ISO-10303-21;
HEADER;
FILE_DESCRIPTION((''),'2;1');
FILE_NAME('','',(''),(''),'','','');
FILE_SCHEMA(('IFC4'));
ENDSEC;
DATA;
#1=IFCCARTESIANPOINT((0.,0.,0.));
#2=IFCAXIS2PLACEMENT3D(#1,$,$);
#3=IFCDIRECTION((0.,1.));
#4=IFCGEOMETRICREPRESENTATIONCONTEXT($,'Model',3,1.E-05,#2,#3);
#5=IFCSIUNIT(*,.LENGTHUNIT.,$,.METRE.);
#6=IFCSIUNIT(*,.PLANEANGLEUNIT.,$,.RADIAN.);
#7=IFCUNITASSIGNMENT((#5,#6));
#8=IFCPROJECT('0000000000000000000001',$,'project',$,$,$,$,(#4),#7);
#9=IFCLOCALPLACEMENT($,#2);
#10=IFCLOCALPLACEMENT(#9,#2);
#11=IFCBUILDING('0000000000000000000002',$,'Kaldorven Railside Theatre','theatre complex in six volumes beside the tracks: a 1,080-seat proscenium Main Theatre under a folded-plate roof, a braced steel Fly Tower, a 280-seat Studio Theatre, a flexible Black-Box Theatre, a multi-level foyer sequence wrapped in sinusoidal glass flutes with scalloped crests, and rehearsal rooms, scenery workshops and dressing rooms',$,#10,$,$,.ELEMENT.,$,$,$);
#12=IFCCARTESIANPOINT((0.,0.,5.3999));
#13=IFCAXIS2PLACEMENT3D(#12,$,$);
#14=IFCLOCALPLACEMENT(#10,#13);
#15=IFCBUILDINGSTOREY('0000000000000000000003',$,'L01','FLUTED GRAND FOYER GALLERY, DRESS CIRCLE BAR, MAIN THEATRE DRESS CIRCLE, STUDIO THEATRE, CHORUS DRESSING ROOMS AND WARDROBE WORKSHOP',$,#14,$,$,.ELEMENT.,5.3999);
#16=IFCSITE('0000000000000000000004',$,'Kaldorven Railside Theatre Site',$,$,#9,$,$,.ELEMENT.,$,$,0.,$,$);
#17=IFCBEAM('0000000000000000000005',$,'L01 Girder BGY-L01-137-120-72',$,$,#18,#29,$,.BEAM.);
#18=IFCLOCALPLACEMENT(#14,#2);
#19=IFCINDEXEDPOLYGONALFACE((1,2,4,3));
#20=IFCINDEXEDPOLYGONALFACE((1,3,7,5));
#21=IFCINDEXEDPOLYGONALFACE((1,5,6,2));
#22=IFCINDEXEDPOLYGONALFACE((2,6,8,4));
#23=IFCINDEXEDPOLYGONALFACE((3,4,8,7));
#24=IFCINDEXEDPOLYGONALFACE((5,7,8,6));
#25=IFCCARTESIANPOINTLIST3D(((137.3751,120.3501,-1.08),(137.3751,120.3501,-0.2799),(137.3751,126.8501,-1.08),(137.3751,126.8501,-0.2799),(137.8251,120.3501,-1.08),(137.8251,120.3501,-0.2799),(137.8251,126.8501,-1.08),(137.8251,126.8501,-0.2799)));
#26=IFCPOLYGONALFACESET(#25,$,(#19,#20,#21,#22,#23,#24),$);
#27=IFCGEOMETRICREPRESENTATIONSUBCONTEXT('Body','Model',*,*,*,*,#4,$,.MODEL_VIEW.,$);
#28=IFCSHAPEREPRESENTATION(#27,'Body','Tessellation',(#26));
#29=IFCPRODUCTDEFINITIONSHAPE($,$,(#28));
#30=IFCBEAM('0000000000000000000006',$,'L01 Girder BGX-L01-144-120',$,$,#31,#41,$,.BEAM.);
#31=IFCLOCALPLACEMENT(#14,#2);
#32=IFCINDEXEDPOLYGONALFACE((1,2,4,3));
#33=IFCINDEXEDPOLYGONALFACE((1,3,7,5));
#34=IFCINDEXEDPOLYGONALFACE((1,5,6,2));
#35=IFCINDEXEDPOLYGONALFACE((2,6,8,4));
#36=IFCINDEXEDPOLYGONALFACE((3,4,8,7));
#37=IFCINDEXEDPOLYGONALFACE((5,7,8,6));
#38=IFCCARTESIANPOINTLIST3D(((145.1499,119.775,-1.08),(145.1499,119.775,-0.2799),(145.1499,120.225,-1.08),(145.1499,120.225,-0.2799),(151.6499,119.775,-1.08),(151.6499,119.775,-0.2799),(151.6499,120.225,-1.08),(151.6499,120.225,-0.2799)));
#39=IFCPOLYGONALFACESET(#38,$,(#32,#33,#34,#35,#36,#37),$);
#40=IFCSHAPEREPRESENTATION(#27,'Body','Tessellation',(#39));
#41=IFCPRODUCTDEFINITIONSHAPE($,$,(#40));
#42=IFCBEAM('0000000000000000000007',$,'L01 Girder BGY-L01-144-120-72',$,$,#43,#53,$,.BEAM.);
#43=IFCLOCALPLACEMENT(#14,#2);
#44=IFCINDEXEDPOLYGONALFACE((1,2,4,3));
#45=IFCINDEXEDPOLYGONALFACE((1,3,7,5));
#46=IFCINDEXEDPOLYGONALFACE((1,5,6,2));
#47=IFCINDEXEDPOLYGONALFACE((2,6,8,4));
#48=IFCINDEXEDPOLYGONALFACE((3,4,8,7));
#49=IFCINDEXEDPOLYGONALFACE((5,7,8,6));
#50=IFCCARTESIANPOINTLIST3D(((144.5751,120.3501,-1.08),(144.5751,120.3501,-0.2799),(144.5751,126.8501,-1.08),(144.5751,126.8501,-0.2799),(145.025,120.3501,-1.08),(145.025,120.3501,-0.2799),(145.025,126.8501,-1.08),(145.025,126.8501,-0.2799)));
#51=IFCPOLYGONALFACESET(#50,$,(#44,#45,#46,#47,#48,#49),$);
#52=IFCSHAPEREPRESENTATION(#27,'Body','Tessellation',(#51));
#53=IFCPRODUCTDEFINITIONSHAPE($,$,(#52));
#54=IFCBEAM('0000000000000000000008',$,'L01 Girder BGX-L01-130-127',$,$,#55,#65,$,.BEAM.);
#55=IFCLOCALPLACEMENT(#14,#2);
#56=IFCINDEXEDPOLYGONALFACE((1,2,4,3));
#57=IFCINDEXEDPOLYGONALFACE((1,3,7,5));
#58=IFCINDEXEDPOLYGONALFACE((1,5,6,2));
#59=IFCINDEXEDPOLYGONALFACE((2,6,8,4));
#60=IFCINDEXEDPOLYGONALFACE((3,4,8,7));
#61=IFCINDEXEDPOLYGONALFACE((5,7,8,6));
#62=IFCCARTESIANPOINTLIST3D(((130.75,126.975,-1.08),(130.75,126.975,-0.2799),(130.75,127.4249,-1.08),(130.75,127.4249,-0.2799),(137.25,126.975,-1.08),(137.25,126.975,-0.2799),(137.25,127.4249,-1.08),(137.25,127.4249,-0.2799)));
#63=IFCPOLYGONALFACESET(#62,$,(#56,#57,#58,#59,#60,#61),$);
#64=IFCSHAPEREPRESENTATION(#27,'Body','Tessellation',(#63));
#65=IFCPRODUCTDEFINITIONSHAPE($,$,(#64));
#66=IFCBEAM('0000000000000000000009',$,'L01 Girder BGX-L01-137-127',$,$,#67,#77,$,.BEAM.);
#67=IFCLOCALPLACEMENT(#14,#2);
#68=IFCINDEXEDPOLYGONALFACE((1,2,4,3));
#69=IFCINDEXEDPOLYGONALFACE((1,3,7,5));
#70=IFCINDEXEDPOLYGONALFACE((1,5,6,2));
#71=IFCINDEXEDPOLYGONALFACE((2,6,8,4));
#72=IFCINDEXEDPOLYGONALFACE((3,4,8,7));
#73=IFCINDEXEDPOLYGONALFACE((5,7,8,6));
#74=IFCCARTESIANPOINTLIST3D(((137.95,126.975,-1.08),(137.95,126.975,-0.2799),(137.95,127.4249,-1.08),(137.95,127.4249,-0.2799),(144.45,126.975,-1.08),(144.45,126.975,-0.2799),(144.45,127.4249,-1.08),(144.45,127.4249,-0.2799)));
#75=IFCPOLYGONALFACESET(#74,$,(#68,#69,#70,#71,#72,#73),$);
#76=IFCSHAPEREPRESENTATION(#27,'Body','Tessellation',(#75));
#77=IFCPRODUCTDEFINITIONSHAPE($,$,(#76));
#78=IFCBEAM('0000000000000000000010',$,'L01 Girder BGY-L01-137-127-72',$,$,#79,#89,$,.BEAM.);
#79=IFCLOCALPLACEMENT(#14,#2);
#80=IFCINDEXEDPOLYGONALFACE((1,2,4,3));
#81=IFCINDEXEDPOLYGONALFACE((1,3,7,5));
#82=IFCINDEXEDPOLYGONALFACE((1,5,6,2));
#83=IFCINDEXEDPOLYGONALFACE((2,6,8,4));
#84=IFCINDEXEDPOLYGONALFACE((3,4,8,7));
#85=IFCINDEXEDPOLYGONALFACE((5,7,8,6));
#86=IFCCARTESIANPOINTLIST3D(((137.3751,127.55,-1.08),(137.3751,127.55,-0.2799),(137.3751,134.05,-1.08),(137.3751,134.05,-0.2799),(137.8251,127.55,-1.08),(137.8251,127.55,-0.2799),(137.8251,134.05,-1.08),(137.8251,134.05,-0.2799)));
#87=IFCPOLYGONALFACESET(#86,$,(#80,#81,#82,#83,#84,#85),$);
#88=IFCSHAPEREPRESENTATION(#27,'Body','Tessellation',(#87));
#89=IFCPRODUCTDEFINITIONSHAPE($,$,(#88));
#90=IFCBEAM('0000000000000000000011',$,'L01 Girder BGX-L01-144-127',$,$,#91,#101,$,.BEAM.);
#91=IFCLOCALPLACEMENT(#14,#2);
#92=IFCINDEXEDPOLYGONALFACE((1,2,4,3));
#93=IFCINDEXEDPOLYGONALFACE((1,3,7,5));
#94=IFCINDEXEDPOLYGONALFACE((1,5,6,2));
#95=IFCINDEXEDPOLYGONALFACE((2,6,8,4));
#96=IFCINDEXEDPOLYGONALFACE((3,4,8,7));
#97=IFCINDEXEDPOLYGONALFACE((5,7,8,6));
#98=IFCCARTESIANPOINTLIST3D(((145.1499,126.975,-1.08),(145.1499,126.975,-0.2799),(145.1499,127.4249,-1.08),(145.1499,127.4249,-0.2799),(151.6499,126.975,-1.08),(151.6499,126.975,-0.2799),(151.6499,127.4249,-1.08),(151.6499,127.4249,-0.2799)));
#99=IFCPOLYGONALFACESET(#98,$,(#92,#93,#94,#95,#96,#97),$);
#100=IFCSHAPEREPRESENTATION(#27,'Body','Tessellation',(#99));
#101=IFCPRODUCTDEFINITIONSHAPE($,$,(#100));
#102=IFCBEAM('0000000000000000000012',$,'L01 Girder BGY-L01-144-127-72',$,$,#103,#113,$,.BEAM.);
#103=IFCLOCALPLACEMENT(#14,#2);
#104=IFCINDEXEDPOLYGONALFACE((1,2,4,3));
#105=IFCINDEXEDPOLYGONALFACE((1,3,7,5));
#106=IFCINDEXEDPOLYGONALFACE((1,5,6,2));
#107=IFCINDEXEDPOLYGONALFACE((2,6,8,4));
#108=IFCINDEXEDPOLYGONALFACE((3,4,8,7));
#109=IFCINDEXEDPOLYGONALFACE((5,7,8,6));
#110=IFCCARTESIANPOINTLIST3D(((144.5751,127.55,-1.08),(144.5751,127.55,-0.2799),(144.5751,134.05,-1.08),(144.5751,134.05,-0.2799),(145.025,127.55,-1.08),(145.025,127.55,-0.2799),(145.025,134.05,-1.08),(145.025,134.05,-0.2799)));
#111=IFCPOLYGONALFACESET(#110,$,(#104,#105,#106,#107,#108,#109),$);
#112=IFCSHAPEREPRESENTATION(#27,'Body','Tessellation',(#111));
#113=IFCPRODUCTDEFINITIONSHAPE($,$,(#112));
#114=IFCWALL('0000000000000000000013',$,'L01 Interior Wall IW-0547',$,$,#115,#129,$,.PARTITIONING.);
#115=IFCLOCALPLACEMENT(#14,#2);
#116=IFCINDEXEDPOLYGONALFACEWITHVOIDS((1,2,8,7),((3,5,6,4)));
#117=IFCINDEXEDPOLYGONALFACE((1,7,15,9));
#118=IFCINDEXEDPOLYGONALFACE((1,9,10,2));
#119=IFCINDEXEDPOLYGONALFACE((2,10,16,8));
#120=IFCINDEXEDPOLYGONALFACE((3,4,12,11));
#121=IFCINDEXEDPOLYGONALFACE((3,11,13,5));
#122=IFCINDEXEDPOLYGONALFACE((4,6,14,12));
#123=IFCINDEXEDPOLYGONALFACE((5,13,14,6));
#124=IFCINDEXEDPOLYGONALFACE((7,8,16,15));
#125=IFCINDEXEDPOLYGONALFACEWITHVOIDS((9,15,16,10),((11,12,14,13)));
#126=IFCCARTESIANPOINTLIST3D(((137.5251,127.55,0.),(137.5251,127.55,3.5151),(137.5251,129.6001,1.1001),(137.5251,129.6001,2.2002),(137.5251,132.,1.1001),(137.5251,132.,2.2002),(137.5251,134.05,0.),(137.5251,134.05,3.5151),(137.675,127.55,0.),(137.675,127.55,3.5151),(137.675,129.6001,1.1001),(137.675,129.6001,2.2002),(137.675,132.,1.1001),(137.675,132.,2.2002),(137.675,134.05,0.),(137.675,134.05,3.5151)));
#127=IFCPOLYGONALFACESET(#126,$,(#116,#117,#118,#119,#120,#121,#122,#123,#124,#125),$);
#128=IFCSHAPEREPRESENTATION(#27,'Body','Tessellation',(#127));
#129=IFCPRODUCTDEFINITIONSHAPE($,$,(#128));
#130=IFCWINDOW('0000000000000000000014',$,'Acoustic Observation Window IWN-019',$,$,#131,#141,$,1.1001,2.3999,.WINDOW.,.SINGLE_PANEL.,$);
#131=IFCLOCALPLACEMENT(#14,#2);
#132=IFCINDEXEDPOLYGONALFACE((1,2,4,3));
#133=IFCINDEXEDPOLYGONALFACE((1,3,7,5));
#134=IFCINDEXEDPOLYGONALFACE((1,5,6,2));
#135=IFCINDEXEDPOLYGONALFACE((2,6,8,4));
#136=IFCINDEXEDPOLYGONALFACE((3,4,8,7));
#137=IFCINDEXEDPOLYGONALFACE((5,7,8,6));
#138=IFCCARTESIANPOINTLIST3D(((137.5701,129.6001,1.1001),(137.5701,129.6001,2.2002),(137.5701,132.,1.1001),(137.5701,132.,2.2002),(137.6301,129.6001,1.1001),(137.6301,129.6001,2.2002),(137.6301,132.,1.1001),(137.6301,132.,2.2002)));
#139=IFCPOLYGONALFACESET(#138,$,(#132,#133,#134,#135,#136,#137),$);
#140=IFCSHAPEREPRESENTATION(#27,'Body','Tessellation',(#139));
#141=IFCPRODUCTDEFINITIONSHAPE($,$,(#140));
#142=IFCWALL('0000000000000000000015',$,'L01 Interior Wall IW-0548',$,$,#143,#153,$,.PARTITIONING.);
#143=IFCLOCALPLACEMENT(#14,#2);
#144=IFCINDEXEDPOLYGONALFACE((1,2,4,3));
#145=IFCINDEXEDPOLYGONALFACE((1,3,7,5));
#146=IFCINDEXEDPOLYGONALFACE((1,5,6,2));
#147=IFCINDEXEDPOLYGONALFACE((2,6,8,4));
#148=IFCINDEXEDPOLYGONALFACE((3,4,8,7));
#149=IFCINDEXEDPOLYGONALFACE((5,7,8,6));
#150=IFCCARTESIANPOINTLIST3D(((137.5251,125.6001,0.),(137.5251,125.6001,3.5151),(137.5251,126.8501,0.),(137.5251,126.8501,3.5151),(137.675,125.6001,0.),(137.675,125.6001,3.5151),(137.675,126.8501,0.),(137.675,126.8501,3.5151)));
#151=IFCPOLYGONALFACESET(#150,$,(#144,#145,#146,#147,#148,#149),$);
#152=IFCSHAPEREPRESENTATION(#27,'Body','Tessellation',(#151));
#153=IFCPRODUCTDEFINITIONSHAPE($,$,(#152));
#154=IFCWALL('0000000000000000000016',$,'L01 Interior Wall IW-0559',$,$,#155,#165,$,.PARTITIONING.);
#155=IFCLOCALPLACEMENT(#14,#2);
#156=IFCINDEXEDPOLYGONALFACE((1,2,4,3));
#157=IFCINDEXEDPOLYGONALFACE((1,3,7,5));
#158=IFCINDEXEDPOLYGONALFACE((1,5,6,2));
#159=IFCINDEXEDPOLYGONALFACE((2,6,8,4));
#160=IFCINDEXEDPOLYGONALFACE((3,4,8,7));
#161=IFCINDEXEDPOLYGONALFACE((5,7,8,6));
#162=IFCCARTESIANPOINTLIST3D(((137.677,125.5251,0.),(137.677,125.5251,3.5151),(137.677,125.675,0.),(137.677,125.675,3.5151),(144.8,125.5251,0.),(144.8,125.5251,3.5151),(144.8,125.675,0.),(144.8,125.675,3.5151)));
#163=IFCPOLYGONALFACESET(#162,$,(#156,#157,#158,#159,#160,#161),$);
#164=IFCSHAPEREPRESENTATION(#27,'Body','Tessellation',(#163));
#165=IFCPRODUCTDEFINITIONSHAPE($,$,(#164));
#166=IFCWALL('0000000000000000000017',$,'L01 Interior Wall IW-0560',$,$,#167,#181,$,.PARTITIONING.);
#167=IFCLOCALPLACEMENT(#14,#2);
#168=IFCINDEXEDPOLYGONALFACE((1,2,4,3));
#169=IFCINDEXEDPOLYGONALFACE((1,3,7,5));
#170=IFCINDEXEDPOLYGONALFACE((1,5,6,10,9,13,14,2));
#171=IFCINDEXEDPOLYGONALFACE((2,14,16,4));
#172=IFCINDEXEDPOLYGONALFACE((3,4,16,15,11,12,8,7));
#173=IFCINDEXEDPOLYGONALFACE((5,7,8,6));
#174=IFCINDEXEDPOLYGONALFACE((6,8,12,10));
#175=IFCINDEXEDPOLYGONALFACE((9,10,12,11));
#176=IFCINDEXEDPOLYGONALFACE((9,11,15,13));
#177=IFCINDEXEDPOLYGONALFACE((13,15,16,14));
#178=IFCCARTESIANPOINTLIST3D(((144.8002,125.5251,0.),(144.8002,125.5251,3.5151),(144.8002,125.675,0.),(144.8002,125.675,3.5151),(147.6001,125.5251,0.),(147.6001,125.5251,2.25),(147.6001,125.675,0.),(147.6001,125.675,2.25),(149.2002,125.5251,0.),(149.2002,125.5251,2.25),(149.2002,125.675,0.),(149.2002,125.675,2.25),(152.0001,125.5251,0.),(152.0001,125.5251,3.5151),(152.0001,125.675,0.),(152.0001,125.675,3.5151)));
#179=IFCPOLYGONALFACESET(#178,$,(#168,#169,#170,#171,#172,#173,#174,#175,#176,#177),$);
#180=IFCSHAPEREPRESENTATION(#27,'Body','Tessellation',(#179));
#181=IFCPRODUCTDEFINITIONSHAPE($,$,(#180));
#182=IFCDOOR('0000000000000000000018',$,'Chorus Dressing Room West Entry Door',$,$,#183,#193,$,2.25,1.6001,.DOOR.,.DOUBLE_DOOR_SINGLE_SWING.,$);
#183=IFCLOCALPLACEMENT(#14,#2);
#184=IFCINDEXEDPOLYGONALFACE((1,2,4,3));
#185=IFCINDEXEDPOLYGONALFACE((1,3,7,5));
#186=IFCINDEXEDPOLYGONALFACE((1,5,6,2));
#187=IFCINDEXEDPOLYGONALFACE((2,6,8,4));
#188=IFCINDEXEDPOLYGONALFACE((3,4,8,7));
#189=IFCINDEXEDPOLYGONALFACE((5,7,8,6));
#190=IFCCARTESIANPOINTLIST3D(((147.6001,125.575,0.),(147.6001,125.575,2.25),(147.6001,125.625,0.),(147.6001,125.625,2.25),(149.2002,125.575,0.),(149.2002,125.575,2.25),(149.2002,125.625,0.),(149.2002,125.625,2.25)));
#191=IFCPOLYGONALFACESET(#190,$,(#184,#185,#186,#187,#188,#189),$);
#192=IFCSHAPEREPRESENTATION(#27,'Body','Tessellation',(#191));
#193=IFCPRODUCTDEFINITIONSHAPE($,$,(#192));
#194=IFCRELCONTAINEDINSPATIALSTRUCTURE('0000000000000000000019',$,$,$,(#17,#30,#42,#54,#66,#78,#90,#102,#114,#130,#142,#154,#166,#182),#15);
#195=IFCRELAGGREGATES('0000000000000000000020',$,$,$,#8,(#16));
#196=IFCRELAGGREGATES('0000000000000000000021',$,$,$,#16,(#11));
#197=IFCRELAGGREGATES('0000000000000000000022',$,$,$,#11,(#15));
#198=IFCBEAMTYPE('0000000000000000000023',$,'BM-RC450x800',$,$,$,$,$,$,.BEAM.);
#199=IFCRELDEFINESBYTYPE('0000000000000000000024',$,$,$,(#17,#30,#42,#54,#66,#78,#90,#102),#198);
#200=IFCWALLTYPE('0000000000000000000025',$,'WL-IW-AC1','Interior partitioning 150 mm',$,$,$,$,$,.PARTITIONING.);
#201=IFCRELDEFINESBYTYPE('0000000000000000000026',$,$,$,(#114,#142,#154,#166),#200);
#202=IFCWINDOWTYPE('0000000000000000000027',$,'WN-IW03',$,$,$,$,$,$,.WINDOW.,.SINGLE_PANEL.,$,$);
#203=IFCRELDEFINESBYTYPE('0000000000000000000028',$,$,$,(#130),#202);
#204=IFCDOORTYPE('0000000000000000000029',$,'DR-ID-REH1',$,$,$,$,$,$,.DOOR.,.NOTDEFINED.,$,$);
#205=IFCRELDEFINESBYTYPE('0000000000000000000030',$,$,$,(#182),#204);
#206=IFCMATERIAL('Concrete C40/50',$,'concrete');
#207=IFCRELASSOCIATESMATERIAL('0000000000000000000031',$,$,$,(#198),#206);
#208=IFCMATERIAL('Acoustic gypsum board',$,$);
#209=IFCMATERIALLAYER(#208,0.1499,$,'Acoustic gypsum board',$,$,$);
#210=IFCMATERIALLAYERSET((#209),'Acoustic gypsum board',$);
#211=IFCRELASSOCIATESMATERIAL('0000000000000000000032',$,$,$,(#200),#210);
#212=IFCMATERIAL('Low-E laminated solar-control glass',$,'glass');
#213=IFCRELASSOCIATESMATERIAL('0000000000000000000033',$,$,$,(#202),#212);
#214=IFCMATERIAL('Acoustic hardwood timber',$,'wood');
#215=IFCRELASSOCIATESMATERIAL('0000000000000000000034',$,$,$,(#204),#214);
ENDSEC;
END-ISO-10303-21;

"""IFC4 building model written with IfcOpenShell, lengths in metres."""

from ifc_helpers import new_model, si_unit, direction, frame, frame_2d, origin, origin_2d, place, context, subcontext, project, spatial, rectangle, extrude, material, layer, layer_set, material_profile, profile_set, type_object, element, fill, save


model = new_model("IFC4")

# Units and contexts
model_context = context("Model", 3, precision=1e-05, world=origin(), true_north=direction((0.0, 1.0)))
body_context = subcontext(model_context, "Body", "Model", "MODEL_VIEW")
ifc_project = project(units=[si_unit("LENGTHUNIT", "METRE"), si_unit("PLANEANGLEUNIT", "RADIAN")], contexts=[model_context])

# Site, building, storey
site_placement = place(None, origin())
site = spatial("IfcSite", under=ifc_project, at=site_placement, Name="Kaldorven Railside Theatre Site", CompositionType="ELEMENT", RefElevation=0.0)
building_placement = place(site_placement, origin())
building = spatial("IfcBuilding", under=site, at=building_placement, Name="Kaldorven Railside Theatre", Description="theatre complex in six volumes beside the tracks: a 1,080-seat proscenium Main Theatre under a folded-plate roof, a braced steel Fly Tower, a 280-seat Studio Theatre, a flexible Black-Box Theatre, a multi-level foyer sequence wrapped in sinusoidal glass flutes with scalloped crests, and rehearsal rooms, scenery workshops and dressing rooms", CompositionType="ELEMENT")
storey_placement = place(building_placement, frame((0.0, 0.0, 5.3999)))
storey = spatial("IfcBuildingStorey", under=building, at=storey_placement, Name="L01", Description="FLUTED GRAND FOYER GALLERY, DRESS CIRCLE BAR, MAIN THEATRE DRESS CIRCLE, STUDIO THEATRE, CHORUS DRESSING ROOMS AND WARDROBE WORKSHOP", CompositionType="ELEMENT", Elevation=5.3999)

# Shared definitions
ifc_material_1 = material(Name="Concrete C40/50", Category="concrete")

# Beams
ifc_material_profile_1 = material_profile(ifc_material_1, rectangle(XDim=0.45, YDim=0.8, at=origin_2d()), Name="RC 450x800")
ifc_profile_set_1 = profile_set([ifc_material_profile_1], Name="Concrete C40/50")
beam_type_1 = type_object("IfcBeamType", Name="BM-RC450x800", PredefinedType="BEAM", material=ifc_profile_set_1)
for number, where, z_axis, x_axis, name in (
    (1, (137.6001, 120.3501, -0.6799), (0.0, 1.0, 0.0), (-1.0, 0.0, 0.0), "L01 Girder BGY-L01-137-120-72"),
    (2, (145.1499, 120.0, -0.6799), (1.0, 0.0, 0.0), (0.0, 1.0, 0.0), "L01 Girder BGX-L01-144-120"),
    (3, (144.8, 120.3501, -0.6799), (0.0, 1.0, 0.0), (-1.0, 0.0, 0.0), "L01 Girder BGY-L01-144-120-72"),
    (4, (130.75, 127.2, -0.6799), (1.0, 0.0, 0.0), (0.0, 1.0, 0.0), "L01 Girder BGX-L01-130-127"),
    (5, (137.95, 127.2, -0.6799), (1.0, 0.0, 0.0), (0.0, 1.0, 0.0), "L01 Girder BGX-L01-137-127"),
    (6, (137.6001, 127.55, -0.6799), (0.0, 1.0, 0.0), (-1.0, 0.0, 0.0), "L01 Girder BGY-L01-137-127-72"),
    (7, (145.1499, 127.2, -0.6799), (1.0, 0.0, 0.0), (0.0, 1.0, 0.0), "L01 Girder BGX-L01-144-127"),
    (8, (144.8, 127.55, -0.6799), (0.0, 1.0, 0.0), (-1.0, 0.0, 0.0), "L01 Girder BGY-L01-144-127-72"),
):
    element("IfcBeam", number, at=place(storey_placement, frame(where, z_axis=z_axis, x_axis=x_axis)), inside=storey, type_object=beam_type_1, Name=name, PredefinedType="BEAM", context=body_context, shape_type="SweptSolid", body=[
        extrude(rectangle(XDim=0.45, YDim=0.8, at=origin_2d()), origin(), (0.0, 0.0, 1.0), 6.5),
    ])

# Wall, opening, window
ifc_material_2 = material(Name="Acoustic gypsum board")
ifc_layer_1 = layer(ifc_material_2, 0.1499, Name="Acoustic gypsum board")
ifc_layer_set_1 = layer_set([ifc_layer_1], Name="Acoustic gypsum board")
wall_type_1 = type_object("IfcWallType", Name="WL-IW-AC1", Description="Interior partitioning 150 mm", PredefinedType="PARTITIONING", material=ifc_layer_set_1)
wall_1_placement = place(storey_placement, frame((137.6001, 127.55, 0.0), z_axis=(0.0, 0.0, 1.0), x_axis=(0.0, 1.0, 0.0)))
wall_1 = element("IfcWall", 9, at=wall_1_placement, inside=storey, type_object=wall_type_1, Name="L01 Interior Wall IW-0547", PredefinedType="PARTITIONING", context=body_context, shape_type="SweptSolid", body=[
    extrude(rectangle(XDim=6.5, YDim=0.1499, at=frame_2d((3.25, 0.0))), origin(), (0.0, 0.0, 1.0), 3.5151),
])
opening_1_placement = place(wall_1_placement, frame((2.05, 0.0, 1.1001)))
opening_1 = element("IfcOpeningElement", 10, at=opening_1_placement, cuts=wall_1, PredefinedType="OPENING", context=body_context, shape_type="SweptSolid", body=[
    extrude(rectangle(XDim=2.3999, YDim=1.1001, at=frame_2d((1.2, 0.55))), frame((0.0, 0.085, 0.0), z_axis=(0.0, -1.0, 0.0), x_axis=(1.0, 0.0, 0.0)), (0.0, 0.0, 1.0), 0.1699),
])
ifc_material_3 = material(Name="Low-E laminated solar-control glass", Category="glass")
window_type = type_object("IfcWindowType", Name="WN-IW03", PartitioningType="SINGLE_PANEL", PredefinedType="WINDOW", material=ifc_material_3)
window_placement = place(opening_1_placement, origin())
window = element("IfcWindow", 11, at=window_placement, inside=storey, type_object=window_type, Name="Acoustic Observation Window IWN-019", OverallHeight=1.1001, OverallWidth=2.3999, PartitioningType="SINGLE_PANEL", PredefinedType="WINDOW", context=body_context, shape_type="SweptSolid", body=[
    extrude(rectangle(XDim=2.3999, YDim=1.1001, at=frame_2d((1.2, 0.55))), frame((0.0, 0.03, 0.0), z_axis=(0.0, -1.0, 0.0), x_axis=(1.0, 0.0, 0.0)), (0.0, 0.0, 1.0), 0.0601),
])
fill(opening_1, window)

# Walls
wall_2_placement = place(storey_placement, frame((137.6001, 125.6001, 0.0), z_axis=(0.0, 0.0, 1.0), x_axis=(0.0, 1.0, 0.0)))
element("IfcWall", 12, at=wall_2_placement, inside=storey, type_object=wall_type_1, Name="L01 Interior Wall IW-0548", PredefinedType="PARTITIONING", context=body_context, shape_type="SweptSolid", body=[
    extrude(rectangle(XDim=1.25, YDim=0.1499, at=frame_2d((0.625, 0.0))), origin(), (0.0, 0.0, 1.0), 3.5151),
])
wall_3_placement = place(storey_placement, frame((137.677, 125.6001, 0.0), z_axis=(0.0, 0.0, 1.0), x_axis=(1.0, 0.0, 0.0)))
element("IfcWall", 13, at=wall_3_placement, inside=storey, type_object=wall_type_1, Name="L01 Interior Wall IW-0559", PredefinedType="PARTITIONING", context=body_context, shape_type="SweptSolid", body=[
    extrude(rectangle(XDim=7.123, YDim=0.1499, at=frame_2d((3.5615, 0.0))), origin(), (0.0, 0.0, 1.0), 3.5151),
])

# Wall, opening, door
wall_4_placement = place(storey_placement, frame((144.8, 125.6001, 0.0), z_axis=(0.0, 0.0, 1.0), x_axis=(1.0, 0.0, 0.0)))
wall_4 = element("IfcWall", 14, at=wall_4_placement, inside=storey, type_object=wall_type_1, Name="L01 Interior Wall IW-0560", PredefinedType="PARTITIONING", context=body_context, shape_type="SweptSolid", body=[
    extrude(rectangle(XDim=7.2, YDim=0.1499, at=frame_2d((3.6001, 0.0))), origin(), (0.0, 0.0, 1.0), 3.5151),
])
opening_2_placement = place(wall_4_placement, frame((2.8, 0.0, 0.0)))
opening_2 = element("IfcOpeningElement", 15, at=opening_2_placement, cuts=wall_4, PredefinedType="OPENING", context=body_context, shape_type="SweptSolid", body=[
    extrude(rectangle(XDim=1.6001, YDim=2.25, at=frame_2d((0.8, 1.125))), frame((0.0, 0.085, 0.0), z_axis=(0.0, -1.0, 0.0), x_axis=(1.0, 0.0, 0.0)), (0.0, 0.0, 1.0), 0.1699),
])
ifc_material_4 = material(Name="Acoustic hardwood timber", Category="wood")
door_type_1 = type_object("IfcDoorType", Name="DR-ID-REH1", OperationType="NOTDEFINED", PredefinedType="DOOR", material=ifc_material_4)
door_1_placement = place(opening_2_placement, origin())
door_1 = element("IfcDoor", 16, at=door_1_placement, inside=storey, type_object=door_type_1, Name="Chorus Dressing Room West Entry Door", OperationType="DOUBLE_DOOR_SINGLE_SWING", OverallHeight=2.25, OverallWidth=1.6001, PredefinedType="DOOR", context=body_context, shape_type="SweptSolid", body=[
    extrude(rectangle(XDim=1.6001, YDim=2.25, at=frame_2d((0.8, 1.125))), frame((0.0, 0.0249, 0.0), z_axis=(0.0, -1.0, 0.0), x_axis=(1.0, 0.0, 0.0)), (0.0, 0.0, 1.0), 0.05),
])
fill(opening_2, door_1)

save(model, "model.ifc")
